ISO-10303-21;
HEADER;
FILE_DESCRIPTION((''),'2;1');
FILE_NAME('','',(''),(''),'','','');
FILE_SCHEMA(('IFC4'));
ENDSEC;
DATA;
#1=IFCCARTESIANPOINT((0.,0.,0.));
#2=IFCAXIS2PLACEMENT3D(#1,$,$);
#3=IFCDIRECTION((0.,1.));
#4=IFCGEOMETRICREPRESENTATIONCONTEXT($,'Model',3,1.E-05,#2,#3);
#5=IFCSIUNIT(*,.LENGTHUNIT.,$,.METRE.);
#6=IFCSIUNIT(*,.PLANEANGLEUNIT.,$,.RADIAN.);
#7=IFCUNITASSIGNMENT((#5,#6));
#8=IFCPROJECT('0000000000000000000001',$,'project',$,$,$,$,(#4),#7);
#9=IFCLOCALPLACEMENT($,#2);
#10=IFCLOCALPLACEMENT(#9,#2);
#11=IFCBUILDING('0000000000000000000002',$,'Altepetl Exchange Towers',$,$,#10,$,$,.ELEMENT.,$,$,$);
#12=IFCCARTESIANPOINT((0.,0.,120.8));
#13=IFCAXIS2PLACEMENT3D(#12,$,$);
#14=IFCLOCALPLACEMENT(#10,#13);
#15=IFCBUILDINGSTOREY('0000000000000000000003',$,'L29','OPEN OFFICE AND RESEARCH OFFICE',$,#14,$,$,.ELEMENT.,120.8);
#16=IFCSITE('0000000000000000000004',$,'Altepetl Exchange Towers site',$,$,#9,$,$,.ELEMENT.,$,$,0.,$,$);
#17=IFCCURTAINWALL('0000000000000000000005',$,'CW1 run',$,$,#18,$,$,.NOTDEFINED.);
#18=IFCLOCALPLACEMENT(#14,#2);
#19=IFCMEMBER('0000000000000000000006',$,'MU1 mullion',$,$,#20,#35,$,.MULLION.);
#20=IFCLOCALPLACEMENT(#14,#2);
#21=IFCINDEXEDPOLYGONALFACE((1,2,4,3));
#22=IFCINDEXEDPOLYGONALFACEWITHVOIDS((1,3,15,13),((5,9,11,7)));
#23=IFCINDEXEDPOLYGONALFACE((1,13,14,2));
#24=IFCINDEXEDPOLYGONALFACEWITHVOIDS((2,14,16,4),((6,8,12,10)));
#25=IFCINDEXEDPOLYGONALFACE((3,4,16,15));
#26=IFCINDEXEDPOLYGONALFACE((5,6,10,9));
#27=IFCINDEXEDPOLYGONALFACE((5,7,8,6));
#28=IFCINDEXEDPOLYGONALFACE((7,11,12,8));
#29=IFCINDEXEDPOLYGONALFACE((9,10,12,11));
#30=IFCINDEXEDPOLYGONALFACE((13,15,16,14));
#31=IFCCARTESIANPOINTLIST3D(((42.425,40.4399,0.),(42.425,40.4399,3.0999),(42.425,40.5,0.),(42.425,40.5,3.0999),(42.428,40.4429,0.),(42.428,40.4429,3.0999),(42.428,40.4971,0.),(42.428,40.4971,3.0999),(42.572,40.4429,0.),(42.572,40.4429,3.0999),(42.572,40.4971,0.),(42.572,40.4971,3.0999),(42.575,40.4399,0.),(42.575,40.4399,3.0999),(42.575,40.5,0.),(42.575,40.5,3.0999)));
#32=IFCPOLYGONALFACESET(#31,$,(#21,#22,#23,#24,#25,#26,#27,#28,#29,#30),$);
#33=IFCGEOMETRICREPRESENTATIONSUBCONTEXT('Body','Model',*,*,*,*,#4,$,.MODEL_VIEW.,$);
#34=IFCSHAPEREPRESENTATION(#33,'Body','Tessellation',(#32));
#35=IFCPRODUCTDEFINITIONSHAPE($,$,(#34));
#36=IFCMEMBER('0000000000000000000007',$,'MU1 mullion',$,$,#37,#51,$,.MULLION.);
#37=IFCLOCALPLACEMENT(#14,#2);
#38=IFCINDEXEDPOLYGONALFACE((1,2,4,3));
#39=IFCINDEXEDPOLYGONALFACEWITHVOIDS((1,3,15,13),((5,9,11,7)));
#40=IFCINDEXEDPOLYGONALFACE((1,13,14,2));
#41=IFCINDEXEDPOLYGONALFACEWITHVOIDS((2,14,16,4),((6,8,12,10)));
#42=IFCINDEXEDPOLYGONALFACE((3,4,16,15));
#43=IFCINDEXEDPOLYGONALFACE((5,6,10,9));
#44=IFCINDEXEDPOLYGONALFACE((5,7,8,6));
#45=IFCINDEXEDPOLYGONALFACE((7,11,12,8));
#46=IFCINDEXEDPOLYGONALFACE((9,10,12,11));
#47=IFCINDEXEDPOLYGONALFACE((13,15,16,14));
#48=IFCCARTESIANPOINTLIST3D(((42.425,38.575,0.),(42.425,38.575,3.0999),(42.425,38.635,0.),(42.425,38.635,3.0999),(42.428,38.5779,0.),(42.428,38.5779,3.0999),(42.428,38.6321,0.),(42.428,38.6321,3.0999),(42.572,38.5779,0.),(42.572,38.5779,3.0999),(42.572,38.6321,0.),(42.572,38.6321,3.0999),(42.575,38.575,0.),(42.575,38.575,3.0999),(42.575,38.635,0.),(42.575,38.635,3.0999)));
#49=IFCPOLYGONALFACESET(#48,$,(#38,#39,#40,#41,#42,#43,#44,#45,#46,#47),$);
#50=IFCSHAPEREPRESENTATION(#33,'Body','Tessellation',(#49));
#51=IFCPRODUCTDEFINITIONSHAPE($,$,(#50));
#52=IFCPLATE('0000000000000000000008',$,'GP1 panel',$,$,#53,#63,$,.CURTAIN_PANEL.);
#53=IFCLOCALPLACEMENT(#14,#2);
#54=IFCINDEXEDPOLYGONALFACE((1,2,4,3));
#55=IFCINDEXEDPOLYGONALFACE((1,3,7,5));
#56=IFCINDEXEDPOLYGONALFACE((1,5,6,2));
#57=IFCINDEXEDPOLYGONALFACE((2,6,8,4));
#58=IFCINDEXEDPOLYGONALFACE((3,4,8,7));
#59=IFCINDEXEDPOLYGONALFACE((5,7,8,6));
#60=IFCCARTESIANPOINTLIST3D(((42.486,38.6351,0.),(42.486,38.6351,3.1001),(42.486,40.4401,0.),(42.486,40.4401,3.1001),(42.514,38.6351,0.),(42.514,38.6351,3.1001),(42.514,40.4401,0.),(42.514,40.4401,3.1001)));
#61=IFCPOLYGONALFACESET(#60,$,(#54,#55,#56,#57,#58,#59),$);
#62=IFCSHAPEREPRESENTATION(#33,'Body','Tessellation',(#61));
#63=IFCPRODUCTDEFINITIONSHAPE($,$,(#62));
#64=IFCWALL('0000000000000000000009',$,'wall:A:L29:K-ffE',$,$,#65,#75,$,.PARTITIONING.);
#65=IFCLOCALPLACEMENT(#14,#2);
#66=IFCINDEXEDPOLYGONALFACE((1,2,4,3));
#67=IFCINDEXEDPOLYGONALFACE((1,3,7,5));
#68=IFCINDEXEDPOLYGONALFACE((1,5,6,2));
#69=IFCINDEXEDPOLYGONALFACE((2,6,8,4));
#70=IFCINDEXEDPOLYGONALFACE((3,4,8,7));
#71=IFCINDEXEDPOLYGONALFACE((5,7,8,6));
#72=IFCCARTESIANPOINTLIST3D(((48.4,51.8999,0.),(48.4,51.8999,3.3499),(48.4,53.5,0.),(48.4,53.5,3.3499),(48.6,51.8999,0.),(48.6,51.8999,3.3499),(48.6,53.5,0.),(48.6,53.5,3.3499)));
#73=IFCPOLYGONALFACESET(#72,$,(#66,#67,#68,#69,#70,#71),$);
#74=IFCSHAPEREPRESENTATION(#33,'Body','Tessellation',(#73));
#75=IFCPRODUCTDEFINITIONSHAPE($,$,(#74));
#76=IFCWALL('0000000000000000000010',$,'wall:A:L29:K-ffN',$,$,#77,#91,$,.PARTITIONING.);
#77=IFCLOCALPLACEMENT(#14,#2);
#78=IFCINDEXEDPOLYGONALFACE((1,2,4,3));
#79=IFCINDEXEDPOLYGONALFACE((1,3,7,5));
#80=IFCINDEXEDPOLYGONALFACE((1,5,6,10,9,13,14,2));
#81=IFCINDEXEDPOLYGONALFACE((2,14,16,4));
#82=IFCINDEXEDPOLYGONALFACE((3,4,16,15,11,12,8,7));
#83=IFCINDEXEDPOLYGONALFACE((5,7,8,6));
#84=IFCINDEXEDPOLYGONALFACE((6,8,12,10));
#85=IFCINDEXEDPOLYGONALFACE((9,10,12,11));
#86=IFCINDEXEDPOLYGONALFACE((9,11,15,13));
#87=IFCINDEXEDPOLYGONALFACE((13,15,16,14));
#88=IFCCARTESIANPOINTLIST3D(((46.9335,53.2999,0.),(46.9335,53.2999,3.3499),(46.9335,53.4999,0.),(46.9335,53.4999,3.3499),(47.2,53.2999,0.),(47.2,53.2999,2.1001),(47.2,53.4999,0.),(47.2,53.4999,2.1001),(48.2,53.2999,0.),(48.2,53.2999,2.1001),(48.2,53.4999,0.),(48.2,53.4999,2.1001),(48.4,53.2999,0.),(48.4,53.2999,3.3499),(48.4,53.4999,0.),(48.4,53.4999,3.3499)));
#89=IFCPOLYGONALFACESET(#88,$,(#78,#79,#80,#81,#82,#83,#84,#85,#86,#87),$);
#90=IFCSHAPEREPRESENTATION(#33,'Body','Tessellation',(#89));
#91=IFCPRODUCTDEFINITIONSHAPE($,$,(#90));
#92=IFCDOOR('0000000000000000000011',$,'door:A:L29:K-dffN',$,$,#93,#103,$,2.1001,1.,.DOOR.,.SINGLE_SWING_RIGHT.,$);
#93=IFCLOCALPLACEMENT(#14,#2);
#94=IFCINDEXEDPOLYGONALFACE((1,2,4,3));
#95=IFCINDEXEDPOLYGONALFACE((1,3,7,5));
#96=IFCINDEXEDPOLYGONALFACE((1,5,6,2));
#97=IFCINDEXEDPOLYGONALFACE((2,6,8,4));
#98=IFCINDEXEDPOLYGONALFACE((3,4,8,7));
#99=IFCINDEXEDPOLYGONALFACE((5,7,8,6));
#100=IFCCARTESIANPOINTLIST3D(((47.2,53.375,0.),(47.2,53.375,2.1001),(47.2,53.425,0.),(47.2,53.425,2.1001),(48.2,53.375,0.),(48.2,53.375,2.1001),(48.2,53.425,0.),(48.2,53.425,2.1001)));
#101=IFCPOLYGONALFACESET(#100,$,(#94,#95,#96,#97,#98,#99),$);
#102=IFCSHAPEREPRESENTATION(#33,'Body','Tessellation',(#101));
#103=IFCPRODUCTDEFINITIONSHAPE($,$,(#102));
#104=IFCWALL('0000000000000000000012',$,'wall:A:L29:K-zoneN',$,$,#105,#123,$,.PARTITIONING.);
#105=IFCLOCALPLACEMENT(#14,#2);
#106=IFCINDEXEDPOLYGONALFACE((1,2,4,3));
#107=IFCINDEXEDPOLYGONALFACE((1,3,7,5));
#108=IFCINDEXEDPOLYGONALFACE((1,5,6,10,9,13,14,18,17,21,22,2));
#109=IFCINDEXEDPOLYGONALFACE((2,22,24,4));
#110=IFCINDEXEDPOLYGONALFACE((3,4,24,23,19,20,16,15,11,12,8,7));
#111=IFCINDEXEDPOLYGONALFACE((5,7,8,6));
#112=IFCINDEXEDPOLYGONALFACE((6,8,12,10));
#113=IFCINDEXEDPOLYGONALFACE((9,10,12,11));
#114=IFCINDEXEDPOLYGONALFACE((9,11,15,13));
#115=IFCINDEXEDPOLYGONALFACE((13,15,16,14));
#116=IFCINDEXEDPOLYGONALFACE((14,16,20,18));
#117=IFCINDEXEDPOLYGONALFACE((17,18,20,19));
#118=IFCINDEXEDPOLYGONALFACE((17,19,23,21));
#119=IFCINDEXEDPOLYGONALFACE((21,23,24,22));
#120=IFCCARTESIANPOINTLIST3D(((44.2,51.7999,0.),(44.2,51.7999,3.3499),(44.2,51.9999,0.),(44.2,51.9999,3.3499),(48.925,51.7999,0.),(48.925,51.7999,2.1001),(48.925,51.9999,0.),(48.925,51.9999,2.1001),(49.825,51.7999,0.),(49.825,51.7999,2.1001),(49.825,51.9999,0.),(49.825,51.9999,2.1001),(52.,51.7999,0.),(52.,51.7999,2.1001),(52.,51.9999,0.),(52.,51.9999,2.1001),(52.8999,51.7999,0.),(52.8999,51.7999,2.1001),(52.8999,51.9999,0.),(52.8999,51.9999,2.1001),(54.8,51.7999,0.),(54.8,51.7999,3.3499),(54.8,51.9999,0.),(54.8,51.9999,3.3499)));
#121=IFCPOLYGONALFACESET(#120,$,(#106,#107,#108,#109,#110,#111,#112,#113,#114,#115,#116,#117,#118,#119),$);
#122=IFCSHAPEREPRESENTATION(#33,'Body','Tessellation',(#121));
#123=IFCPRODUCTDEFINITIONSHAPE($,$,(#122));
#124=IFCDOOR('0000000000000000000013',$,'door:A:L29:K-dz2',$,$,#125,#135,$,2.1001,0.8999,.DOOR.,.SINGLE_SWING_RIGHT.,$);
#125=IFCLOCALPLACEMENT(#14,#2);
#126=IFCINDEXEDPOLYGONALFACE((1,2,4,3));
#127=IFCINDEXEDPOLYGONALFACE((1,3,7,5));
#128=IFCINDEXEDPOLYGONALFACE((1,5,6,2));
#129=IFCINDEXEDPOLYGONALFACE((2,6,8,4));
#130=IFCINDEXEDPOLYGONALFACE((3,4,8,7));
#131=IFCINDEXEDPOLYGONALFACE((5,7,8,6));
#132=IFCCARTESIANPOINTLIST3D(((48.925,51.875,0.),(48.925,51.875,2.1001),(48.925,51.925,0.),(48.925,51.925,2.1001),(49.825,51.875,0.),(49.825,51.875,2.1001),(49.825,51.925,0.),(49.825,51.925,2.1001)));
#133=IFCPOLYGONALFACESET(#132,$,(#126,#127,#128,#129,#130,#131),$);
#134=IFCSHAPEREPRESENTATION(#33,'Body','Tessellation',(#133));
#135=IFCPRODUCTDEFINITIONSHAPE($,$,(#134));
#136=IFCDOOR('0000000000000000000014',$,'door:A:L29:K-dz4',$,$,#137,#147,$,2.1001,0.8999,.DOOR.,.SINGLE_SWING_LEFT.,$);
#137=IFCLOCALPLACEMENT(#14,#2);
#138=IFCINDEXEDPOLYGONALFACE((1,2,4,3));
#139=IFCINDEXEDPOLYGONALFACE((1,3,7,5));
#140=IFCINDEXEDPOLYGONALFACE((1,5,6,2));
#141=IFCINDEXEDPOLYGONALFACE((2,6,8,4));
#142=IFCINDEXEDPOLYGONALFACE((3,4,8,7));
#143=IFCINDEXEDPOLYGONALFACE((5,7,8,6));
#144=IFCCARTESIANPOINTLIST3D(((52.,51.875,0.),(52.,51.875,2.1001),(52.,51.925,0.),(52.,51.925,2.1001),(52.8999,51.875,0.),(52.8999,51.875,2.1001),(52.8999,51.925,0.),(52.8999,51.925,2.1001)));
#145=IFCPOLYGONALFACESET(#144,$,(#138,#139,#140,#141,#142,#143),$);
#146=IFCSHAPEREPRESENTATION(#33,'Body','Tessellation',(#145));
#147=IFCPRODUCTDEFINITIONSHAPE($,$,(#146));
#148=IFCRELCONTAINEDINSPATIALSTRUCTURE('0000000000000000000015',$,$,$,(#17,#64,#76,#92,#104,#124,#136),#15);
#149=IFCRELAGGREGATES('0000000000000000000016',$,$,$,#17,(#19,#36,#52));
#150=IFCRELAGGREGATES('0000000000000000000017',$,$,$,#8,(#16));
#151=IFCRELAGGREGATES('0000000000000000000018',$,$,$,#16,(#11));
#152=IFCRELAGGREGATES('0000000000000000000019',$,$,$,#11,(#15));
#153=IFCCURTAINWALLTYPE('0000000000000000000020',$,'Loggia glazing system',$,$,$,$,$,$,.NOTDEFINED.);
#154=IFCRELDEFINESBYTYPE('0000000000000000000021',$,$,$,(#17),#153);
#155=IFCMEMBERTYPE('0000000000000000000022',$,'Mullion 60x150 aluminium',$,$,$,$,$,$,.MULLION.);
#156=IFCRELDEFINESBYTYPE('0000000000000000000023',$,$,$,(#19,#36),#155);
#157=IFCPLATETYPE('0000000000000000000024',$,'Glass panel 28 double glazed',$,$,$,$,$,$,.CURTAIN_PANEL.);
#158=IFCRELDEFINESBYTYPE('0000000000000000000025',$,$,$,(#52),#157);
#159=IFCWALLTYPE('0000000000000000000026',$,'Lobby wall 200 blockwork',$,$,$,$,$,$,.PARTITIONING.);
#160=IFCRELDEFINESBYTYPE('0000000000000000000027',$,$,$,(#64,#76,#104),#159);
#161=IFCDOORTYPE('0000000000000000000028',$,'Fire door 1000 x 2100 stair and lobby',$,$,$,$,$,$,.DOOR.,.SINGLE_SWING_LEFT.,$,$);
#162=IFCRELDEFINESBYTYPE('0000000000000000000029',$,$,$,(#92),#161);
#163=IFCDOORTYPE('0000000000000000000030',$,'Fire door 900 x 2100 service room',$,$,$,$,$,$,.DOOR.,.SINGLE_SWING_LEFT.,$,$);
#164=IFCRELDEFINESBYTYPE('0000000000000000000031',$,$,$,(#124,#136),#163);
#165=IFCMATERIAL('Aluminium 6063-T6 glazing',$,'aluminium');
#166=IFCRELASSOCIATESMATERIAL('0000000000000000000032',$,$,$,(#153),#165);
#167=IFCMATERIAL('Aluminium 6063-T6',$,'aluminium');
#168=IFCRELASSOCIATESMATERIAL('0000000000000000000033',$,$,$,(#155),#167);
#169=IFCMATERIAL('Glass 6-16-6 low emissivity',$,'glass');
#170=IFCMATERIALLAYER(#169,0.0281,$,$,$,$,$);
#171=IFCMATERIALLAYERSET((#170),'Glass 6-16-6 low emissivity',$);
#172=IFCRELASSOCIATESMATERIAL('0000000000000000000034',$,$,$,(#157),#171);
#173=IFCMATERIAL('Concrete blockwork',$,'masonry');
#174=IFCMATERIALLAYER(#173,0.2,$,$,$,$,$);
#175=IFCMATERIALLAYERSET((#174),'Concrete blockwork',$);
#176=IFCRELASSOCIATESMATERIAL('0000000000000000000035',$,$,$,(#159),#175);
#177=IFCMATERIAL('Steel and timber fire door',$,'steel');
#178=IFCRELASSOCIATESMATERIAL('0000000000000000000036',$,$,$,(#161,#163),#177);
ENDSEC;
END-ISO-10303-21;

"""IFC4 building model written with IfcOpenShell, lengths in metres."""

from ifc_helpers import new_model, si_unit, direction, frame, frame_2d, origin, origin_2d, place, context, subcontext, project, spatial, rectangle, hollow_rectangle, extrude, material, layer, layer_set, material_profile, profile_set, type_object, element, fill, aggregate, save


model = new_model("IFC4")

# Units and contexts
model_context = context("Model", 3, precision=1e-05, world=origin(), true_north=direction((0.0, 1.0)))
body_context = subcontext(model_context, "Body", "Model", "MODEL_VIEW")
ifc_project = project(units=[si_unit("LENGTHUNIT", "METRE"), si_unit("PLANEANGLEUNIT", "RADIAN")], contexts=[model_context])

# Site, building, storey
site_placement = place(None, origin())
site = spatial("IfcSite", under=ifc_project, at=site_placement, Name="Altepetl Exchange Towers site", CompositionType="ELEMENT", RefElevation=0.0)
building_placement = place(site_placement, origin())
building = spatial("IfcBuilding", under=site, at=building_placement, Name="Altepetl Exchange Towers", CompositionType="ELEMENT")
storey_placement = place(building_placement, frame((0.0, 0.0, 120.8)))
storey = spatial("IfcBuildingStorey", under=building, at=storey_placement, Name="L29", Description="OPEN OFFICE AND RESEARCH OFFICE", CompositionType="ELEMENT", Elevation=120.8)

# Curtain wall, members, plate
ifc_material_1 = material(Name="Aluminium 6063-T6 glazing", Category="aluminium")
curtain_wall_type = type_object("IfcCurtainWallType", Name="Loggia glazing system", PredefinedType="NOTDEFINED", material=ifc_material_1)
curtain_wall_placement = place(storey_placement, origin())
curtain_wall = element("IfcCurtainWall", 1, at=curtain_wall_placement, inside=storey, type_object=curtain_wall_type, Name="CW1 run", PredefinedType="NOTDEFINED")
ifc_material_2 = material(Name="Aluminium 6063-T6", Category="aluminium")
ifc_material_profile = material_profile(ifc_material_2, hollow_rectangle(XDim=0.0601, YDim=0.1499, WallThickness=0.0029, at=origin_2d()), Name="Mullion 60x150 aluminium")
ifc_profile_set = profile_set([ifc_material_profile], Name="Aluminium 6063-T6")
member_type = type_object("IfcMemberType", Name="Mullion 60x150 aluminium", PredefinedType="MULLION", material=ifc_profile_set)
member_1_placement = place(storey_placement, frame((42.5, 40.47, 0.0), z_axis=(0.0, 0.0, 1.0), x_axis=(0.0, -1.0, 0.0)))
member_1 = element("IfcMember", 2, at=member_1_placement, type_object=member_type, Name="MU1 mullion", PredefinedType="MULLION", context=body_context, shape_type="SweptSolid", body=[
    extrude(hollow_rectangle(XDim=0.0601, YDim=0.1499, WallThickness=0.0029, at=origin_2d()), origin(), (0.0, 0.0, 1.0), 3.0999),
])
member_2_placement = place(storey_placement, frame((42.5, 38.605, 0.0), z_axis=(0.0, 0.0, 1.0), x_axis=(0.0, -1.0, 0.0)))
member_2 = element("IfcMember", 3, at=member_2_placement, type_object=member_type, Name="MU1 mullion", PredefinedType="MULLION", context=body_context, shape_type="SweptSolid", body=[
    extrude(hollow_rectangle(XDim=0.0601, YDim=0.1499, WallThickness=0.0029, at=origin_2d()), origin(), (0.0, 0.0, 1.0), 3.0999),
])
ifc_material_3 = material(Name="Glass 6-16-6 low emissivity", Category="glass")
ifc_layer_1 = layer(ifc_material_3, 0.0281)
ifc_layer_set_1 = layer_set([ifc_layer_1], Name="Glass 6-16-6 low emissivity")
plate_type = type_object("IfcPlateType", Name="Glass panel 28 double glazed", PredefinedType="CURTAIN_PANEL", material=ifc_layer_set_1)
plate_placement = place(storey_placement, frame((42.5, 39.5376, 0.0), z_axis=(0.0, 0.0, 1.0), x_axis=(0.0, -1.0, 0.0)))
plate = element("IfcPlate", 4, at=plate_placement, type_object=plate_type, Name="GP1 panel", PredefinedType="CURTAIN_PANEL", context=body_context, shape_type="SweptSolid", body=[
    extrude(rectangle(XDim=1.8049, YDim=0.0281, at=origin_2d()), origin(), (0.0, 0.0, 1.0), 3.1001),
])
aggregate(curtain_wall, [member_1, member_2, plate])

# Wall
ifc_material_4 = material(Name="Concrete blockwork", Category="masonry")
ifc_layer_2 = layer(ifc_material_4, 0.2)
ifc_layer_set_2 = layer_set([ifc_layer_2], Name="Concrete blockwork")
wall_type_1 = type_object("IfcWallType", Name="Lobby wall 200 blockwork", PredefinedType="PARTITIONING", material=ifc_layer_set_2)
wall_1_placement = place(storey_placement, frame((48.5, 51.8999, 0.0), z_axis=(0.0, 0.0, 1.0), x_axis=(0.0, 1.0, 0.0)))
element("IfcWall", 5, at=wall_1_placement, inside=storey, type_object=wall_type_1, Name="wall:A:L29:K-ffE", PredefinedType="PARTITIONING", context=body_context, shape_type="SweptSolid", body=[
    extrude(rectangle(XDim=1.6001, YDim=0.2, at=frame_2d((0.8, 0.0))), origin(), (0.0, 0.0, 1.0), 3.3499),
])

# Wall, opening, door
wall_2_placement = place(storey_placement, frame((46.9333, 53.3999, 0.0)))
wall_2 = element("IfcWall", 6, at=wall_2_placement, inside=storey, type_object=wall_type_1, Name="wall:A:L29:K-ffN", PredefinedType="PARTITIONING", context=body_context, shape_type="SweptSolid", body=[
    extrude(rectangle(XDim=1.4666, YDim=0.2, at=frame_2d((0.7334, 0.0))), origin(), (0.0, 0.0, 1.0), 3.3499),
])
opening_1_placement = place(wall_2_placement, frame((0.2666, 0.0, 0.0)))
opening_1 = element("IfcOpeningElement", 7, at=opening_1_placement, cuts=wall_2, PredefinedType="OPENING", context=body_context, shape_type="SweptSolid", body=[
    extrude(rectangle(XDim=1.0, YDim=2.1001, at=frame_2d((0.5, 1.05))), frame((0.0, 0.1099, 0.0), z_axis=(0.0, -1.0, 0.0), x_axis=(1.0, 0.0, 0.0)), (0.0, 0.0, 1.0), 0.22),
])
ifc_material_5 = material(Name="Steel and timber fire door", Category="steel")
door_type_1 = type_object("IfcDoorType", Name="Fire door 1000 x 2100 stair and lobby", OperationType="SINGLE_SWING_LEFT", PredefinedType="DOOR", material=ifc_material_5)
door_1_placement = place(opening_1_placement, frame((1.0, 0.0, 0.0), x_axis=(-1.0, 0.0, 0.0)))
door_1 = element("IfcDoor", 8, at=door_1_placement, inside=storey, type_object=door_type_1, Name="door:A:L29:K-dffN", OperationType="SINGLE_SWING_RIGHT", OverallHeight=2.1001, OverallWidth=1.0, PredefinedType="DOOR", context=body_context, shape_type="SweptSolid", body=[
    extrude(rectangle(XDim=1.0, YDim=2.1001, at=frame_2d((0.5, 1.05))), frame((0.0, 0.0249, 0.0), z_axis=(0.0, -1.0, 0.0), x_axis=(1.0, 0.0, 0.0)), (0.0, 0.0, 1.0), 0.05),
])
fill(opening_1, door_1)

# Wall, openings, doors
wall_3_placement = place(storey_placement, frame((44.2, 51.8999, 0.0)))
wall_3 = element("IfcWall", 9, at=wall_3_placement, inside=storey, type_object=wall_type_1, Name="wall:A:L29:K-zoneN", PredefinedType="PARTITIONING", context=body_context, shape_type="SweptSolid", body=[
    extrude(rectangle(XDim=10.6001, YDim=0.2, at=frame_2d((5.3, 0.0))), origin(), (0.0, 0.0, 1.0), 3.3499),
])
opening_2_placement = place(wall_3_placement, frame((4.7251, 0.0, 0.0)))
opening_2 = element("IfcOpeningElement", 10, at=opening_2_placement, cuts=wall_3, PredefinedType="OPENING", context=body_context, shape_type="SweptSolid", body=[
    extrude(rectangle(XDim=0.8999, YDim=2.1001, at=frame_2d((0.45, 1.05))), frame((0.0, 0.1099, 0.0), z_axis=(0.0, -1.0, 0.0), x_axis=(1.0, 0.0, 0.0)), (0.0, 0.0, 1.0), 0.22),
])
opening_3_placement = place(wall_3_placement, frame((7.8, 0.0, 0.0)))
opening_3 = element("IfcOpeningElement", 11, at=opening_3_placement, cuts=wall_3, PredefinedType="OPENING", context=body_context, shape_type="SweptSolid", body=[
    extrude(rectangle(XDim=0.8999, YDim=2.1001, at=frame_2d((0.45, 1.05))), frame((0.0, 0.1099, 0.0), z_axis=(0.0, -1.0, 0.0), x_axis=(1.0, 0.0, 0.0)), (0.0, 0.0, 1.0), 0.22),
])
door_type_2 = type_object("IfcDoorType", Name="Fire door 900 x 2100 service room", OperationType="SINGLE_SWING_LEFT", PredefinedType="DOOR", material=ifc_material_5)
door_2_placement = place(opening_2_placement, frame((0.8999, 0.0, 0.0), x_axis=(-1.0, 0.0, 0.0)))
door_2 = element("IfcDoor", 12, at=door_2_placement, inside=storey, type_object=door_type_2, Name="door:A:L29:K-dz2", OperationType="SINGLE_SWING_RIGHT", OverallHeight=2.1001, OverallWidth=0.8999, PredefinedType="DOOR", context=body_context, shape_type="SweptSolid", body=[
    extrude(rectangle(XDim=0.8999, YDim=2.1001, at=frame_2d((0.45, 1.05))), frame((0.0, 0.0249, 0.0), z_axis=(0.0, -1.0, 0.0), x_axis=(1.0, 0.0, 0.0)), (0.0, 0.0, 1.0), 0.05),
])
fill(opening_2, door_2)
door_3_placement = place(opening_3_placement, frame((0.8999, 0.0, 0.0), x_axis=(-1.0, 0.0, 0.0)))
door_3 = element("IfcDoor", 13, at=door_3_placement, inside=storey, type_object=door_type_2, Name="door:A:L29:K-dz4", OperationType="SINGLE_SWING_LEFT", OverallHeight=2.1001, OverallWidth=0.8999, PredefinedType="DOOR", context=body_context, shape_type="SweptSolid", body=[
    extrude(rectangle(XDim=0.8999, YDim=2.1001, at=frame_2d((0.45, 1.05))), frame((0.0, 0.0249, 0.0), z_axis=(0.0, -1.0, 0.0), x_axis=(1.0, 0.0, 0.0)), (0.0, 0.0, 1.0), 0.05),
])
fill(opening_3, door_3)

save(model, "model.ifc")
